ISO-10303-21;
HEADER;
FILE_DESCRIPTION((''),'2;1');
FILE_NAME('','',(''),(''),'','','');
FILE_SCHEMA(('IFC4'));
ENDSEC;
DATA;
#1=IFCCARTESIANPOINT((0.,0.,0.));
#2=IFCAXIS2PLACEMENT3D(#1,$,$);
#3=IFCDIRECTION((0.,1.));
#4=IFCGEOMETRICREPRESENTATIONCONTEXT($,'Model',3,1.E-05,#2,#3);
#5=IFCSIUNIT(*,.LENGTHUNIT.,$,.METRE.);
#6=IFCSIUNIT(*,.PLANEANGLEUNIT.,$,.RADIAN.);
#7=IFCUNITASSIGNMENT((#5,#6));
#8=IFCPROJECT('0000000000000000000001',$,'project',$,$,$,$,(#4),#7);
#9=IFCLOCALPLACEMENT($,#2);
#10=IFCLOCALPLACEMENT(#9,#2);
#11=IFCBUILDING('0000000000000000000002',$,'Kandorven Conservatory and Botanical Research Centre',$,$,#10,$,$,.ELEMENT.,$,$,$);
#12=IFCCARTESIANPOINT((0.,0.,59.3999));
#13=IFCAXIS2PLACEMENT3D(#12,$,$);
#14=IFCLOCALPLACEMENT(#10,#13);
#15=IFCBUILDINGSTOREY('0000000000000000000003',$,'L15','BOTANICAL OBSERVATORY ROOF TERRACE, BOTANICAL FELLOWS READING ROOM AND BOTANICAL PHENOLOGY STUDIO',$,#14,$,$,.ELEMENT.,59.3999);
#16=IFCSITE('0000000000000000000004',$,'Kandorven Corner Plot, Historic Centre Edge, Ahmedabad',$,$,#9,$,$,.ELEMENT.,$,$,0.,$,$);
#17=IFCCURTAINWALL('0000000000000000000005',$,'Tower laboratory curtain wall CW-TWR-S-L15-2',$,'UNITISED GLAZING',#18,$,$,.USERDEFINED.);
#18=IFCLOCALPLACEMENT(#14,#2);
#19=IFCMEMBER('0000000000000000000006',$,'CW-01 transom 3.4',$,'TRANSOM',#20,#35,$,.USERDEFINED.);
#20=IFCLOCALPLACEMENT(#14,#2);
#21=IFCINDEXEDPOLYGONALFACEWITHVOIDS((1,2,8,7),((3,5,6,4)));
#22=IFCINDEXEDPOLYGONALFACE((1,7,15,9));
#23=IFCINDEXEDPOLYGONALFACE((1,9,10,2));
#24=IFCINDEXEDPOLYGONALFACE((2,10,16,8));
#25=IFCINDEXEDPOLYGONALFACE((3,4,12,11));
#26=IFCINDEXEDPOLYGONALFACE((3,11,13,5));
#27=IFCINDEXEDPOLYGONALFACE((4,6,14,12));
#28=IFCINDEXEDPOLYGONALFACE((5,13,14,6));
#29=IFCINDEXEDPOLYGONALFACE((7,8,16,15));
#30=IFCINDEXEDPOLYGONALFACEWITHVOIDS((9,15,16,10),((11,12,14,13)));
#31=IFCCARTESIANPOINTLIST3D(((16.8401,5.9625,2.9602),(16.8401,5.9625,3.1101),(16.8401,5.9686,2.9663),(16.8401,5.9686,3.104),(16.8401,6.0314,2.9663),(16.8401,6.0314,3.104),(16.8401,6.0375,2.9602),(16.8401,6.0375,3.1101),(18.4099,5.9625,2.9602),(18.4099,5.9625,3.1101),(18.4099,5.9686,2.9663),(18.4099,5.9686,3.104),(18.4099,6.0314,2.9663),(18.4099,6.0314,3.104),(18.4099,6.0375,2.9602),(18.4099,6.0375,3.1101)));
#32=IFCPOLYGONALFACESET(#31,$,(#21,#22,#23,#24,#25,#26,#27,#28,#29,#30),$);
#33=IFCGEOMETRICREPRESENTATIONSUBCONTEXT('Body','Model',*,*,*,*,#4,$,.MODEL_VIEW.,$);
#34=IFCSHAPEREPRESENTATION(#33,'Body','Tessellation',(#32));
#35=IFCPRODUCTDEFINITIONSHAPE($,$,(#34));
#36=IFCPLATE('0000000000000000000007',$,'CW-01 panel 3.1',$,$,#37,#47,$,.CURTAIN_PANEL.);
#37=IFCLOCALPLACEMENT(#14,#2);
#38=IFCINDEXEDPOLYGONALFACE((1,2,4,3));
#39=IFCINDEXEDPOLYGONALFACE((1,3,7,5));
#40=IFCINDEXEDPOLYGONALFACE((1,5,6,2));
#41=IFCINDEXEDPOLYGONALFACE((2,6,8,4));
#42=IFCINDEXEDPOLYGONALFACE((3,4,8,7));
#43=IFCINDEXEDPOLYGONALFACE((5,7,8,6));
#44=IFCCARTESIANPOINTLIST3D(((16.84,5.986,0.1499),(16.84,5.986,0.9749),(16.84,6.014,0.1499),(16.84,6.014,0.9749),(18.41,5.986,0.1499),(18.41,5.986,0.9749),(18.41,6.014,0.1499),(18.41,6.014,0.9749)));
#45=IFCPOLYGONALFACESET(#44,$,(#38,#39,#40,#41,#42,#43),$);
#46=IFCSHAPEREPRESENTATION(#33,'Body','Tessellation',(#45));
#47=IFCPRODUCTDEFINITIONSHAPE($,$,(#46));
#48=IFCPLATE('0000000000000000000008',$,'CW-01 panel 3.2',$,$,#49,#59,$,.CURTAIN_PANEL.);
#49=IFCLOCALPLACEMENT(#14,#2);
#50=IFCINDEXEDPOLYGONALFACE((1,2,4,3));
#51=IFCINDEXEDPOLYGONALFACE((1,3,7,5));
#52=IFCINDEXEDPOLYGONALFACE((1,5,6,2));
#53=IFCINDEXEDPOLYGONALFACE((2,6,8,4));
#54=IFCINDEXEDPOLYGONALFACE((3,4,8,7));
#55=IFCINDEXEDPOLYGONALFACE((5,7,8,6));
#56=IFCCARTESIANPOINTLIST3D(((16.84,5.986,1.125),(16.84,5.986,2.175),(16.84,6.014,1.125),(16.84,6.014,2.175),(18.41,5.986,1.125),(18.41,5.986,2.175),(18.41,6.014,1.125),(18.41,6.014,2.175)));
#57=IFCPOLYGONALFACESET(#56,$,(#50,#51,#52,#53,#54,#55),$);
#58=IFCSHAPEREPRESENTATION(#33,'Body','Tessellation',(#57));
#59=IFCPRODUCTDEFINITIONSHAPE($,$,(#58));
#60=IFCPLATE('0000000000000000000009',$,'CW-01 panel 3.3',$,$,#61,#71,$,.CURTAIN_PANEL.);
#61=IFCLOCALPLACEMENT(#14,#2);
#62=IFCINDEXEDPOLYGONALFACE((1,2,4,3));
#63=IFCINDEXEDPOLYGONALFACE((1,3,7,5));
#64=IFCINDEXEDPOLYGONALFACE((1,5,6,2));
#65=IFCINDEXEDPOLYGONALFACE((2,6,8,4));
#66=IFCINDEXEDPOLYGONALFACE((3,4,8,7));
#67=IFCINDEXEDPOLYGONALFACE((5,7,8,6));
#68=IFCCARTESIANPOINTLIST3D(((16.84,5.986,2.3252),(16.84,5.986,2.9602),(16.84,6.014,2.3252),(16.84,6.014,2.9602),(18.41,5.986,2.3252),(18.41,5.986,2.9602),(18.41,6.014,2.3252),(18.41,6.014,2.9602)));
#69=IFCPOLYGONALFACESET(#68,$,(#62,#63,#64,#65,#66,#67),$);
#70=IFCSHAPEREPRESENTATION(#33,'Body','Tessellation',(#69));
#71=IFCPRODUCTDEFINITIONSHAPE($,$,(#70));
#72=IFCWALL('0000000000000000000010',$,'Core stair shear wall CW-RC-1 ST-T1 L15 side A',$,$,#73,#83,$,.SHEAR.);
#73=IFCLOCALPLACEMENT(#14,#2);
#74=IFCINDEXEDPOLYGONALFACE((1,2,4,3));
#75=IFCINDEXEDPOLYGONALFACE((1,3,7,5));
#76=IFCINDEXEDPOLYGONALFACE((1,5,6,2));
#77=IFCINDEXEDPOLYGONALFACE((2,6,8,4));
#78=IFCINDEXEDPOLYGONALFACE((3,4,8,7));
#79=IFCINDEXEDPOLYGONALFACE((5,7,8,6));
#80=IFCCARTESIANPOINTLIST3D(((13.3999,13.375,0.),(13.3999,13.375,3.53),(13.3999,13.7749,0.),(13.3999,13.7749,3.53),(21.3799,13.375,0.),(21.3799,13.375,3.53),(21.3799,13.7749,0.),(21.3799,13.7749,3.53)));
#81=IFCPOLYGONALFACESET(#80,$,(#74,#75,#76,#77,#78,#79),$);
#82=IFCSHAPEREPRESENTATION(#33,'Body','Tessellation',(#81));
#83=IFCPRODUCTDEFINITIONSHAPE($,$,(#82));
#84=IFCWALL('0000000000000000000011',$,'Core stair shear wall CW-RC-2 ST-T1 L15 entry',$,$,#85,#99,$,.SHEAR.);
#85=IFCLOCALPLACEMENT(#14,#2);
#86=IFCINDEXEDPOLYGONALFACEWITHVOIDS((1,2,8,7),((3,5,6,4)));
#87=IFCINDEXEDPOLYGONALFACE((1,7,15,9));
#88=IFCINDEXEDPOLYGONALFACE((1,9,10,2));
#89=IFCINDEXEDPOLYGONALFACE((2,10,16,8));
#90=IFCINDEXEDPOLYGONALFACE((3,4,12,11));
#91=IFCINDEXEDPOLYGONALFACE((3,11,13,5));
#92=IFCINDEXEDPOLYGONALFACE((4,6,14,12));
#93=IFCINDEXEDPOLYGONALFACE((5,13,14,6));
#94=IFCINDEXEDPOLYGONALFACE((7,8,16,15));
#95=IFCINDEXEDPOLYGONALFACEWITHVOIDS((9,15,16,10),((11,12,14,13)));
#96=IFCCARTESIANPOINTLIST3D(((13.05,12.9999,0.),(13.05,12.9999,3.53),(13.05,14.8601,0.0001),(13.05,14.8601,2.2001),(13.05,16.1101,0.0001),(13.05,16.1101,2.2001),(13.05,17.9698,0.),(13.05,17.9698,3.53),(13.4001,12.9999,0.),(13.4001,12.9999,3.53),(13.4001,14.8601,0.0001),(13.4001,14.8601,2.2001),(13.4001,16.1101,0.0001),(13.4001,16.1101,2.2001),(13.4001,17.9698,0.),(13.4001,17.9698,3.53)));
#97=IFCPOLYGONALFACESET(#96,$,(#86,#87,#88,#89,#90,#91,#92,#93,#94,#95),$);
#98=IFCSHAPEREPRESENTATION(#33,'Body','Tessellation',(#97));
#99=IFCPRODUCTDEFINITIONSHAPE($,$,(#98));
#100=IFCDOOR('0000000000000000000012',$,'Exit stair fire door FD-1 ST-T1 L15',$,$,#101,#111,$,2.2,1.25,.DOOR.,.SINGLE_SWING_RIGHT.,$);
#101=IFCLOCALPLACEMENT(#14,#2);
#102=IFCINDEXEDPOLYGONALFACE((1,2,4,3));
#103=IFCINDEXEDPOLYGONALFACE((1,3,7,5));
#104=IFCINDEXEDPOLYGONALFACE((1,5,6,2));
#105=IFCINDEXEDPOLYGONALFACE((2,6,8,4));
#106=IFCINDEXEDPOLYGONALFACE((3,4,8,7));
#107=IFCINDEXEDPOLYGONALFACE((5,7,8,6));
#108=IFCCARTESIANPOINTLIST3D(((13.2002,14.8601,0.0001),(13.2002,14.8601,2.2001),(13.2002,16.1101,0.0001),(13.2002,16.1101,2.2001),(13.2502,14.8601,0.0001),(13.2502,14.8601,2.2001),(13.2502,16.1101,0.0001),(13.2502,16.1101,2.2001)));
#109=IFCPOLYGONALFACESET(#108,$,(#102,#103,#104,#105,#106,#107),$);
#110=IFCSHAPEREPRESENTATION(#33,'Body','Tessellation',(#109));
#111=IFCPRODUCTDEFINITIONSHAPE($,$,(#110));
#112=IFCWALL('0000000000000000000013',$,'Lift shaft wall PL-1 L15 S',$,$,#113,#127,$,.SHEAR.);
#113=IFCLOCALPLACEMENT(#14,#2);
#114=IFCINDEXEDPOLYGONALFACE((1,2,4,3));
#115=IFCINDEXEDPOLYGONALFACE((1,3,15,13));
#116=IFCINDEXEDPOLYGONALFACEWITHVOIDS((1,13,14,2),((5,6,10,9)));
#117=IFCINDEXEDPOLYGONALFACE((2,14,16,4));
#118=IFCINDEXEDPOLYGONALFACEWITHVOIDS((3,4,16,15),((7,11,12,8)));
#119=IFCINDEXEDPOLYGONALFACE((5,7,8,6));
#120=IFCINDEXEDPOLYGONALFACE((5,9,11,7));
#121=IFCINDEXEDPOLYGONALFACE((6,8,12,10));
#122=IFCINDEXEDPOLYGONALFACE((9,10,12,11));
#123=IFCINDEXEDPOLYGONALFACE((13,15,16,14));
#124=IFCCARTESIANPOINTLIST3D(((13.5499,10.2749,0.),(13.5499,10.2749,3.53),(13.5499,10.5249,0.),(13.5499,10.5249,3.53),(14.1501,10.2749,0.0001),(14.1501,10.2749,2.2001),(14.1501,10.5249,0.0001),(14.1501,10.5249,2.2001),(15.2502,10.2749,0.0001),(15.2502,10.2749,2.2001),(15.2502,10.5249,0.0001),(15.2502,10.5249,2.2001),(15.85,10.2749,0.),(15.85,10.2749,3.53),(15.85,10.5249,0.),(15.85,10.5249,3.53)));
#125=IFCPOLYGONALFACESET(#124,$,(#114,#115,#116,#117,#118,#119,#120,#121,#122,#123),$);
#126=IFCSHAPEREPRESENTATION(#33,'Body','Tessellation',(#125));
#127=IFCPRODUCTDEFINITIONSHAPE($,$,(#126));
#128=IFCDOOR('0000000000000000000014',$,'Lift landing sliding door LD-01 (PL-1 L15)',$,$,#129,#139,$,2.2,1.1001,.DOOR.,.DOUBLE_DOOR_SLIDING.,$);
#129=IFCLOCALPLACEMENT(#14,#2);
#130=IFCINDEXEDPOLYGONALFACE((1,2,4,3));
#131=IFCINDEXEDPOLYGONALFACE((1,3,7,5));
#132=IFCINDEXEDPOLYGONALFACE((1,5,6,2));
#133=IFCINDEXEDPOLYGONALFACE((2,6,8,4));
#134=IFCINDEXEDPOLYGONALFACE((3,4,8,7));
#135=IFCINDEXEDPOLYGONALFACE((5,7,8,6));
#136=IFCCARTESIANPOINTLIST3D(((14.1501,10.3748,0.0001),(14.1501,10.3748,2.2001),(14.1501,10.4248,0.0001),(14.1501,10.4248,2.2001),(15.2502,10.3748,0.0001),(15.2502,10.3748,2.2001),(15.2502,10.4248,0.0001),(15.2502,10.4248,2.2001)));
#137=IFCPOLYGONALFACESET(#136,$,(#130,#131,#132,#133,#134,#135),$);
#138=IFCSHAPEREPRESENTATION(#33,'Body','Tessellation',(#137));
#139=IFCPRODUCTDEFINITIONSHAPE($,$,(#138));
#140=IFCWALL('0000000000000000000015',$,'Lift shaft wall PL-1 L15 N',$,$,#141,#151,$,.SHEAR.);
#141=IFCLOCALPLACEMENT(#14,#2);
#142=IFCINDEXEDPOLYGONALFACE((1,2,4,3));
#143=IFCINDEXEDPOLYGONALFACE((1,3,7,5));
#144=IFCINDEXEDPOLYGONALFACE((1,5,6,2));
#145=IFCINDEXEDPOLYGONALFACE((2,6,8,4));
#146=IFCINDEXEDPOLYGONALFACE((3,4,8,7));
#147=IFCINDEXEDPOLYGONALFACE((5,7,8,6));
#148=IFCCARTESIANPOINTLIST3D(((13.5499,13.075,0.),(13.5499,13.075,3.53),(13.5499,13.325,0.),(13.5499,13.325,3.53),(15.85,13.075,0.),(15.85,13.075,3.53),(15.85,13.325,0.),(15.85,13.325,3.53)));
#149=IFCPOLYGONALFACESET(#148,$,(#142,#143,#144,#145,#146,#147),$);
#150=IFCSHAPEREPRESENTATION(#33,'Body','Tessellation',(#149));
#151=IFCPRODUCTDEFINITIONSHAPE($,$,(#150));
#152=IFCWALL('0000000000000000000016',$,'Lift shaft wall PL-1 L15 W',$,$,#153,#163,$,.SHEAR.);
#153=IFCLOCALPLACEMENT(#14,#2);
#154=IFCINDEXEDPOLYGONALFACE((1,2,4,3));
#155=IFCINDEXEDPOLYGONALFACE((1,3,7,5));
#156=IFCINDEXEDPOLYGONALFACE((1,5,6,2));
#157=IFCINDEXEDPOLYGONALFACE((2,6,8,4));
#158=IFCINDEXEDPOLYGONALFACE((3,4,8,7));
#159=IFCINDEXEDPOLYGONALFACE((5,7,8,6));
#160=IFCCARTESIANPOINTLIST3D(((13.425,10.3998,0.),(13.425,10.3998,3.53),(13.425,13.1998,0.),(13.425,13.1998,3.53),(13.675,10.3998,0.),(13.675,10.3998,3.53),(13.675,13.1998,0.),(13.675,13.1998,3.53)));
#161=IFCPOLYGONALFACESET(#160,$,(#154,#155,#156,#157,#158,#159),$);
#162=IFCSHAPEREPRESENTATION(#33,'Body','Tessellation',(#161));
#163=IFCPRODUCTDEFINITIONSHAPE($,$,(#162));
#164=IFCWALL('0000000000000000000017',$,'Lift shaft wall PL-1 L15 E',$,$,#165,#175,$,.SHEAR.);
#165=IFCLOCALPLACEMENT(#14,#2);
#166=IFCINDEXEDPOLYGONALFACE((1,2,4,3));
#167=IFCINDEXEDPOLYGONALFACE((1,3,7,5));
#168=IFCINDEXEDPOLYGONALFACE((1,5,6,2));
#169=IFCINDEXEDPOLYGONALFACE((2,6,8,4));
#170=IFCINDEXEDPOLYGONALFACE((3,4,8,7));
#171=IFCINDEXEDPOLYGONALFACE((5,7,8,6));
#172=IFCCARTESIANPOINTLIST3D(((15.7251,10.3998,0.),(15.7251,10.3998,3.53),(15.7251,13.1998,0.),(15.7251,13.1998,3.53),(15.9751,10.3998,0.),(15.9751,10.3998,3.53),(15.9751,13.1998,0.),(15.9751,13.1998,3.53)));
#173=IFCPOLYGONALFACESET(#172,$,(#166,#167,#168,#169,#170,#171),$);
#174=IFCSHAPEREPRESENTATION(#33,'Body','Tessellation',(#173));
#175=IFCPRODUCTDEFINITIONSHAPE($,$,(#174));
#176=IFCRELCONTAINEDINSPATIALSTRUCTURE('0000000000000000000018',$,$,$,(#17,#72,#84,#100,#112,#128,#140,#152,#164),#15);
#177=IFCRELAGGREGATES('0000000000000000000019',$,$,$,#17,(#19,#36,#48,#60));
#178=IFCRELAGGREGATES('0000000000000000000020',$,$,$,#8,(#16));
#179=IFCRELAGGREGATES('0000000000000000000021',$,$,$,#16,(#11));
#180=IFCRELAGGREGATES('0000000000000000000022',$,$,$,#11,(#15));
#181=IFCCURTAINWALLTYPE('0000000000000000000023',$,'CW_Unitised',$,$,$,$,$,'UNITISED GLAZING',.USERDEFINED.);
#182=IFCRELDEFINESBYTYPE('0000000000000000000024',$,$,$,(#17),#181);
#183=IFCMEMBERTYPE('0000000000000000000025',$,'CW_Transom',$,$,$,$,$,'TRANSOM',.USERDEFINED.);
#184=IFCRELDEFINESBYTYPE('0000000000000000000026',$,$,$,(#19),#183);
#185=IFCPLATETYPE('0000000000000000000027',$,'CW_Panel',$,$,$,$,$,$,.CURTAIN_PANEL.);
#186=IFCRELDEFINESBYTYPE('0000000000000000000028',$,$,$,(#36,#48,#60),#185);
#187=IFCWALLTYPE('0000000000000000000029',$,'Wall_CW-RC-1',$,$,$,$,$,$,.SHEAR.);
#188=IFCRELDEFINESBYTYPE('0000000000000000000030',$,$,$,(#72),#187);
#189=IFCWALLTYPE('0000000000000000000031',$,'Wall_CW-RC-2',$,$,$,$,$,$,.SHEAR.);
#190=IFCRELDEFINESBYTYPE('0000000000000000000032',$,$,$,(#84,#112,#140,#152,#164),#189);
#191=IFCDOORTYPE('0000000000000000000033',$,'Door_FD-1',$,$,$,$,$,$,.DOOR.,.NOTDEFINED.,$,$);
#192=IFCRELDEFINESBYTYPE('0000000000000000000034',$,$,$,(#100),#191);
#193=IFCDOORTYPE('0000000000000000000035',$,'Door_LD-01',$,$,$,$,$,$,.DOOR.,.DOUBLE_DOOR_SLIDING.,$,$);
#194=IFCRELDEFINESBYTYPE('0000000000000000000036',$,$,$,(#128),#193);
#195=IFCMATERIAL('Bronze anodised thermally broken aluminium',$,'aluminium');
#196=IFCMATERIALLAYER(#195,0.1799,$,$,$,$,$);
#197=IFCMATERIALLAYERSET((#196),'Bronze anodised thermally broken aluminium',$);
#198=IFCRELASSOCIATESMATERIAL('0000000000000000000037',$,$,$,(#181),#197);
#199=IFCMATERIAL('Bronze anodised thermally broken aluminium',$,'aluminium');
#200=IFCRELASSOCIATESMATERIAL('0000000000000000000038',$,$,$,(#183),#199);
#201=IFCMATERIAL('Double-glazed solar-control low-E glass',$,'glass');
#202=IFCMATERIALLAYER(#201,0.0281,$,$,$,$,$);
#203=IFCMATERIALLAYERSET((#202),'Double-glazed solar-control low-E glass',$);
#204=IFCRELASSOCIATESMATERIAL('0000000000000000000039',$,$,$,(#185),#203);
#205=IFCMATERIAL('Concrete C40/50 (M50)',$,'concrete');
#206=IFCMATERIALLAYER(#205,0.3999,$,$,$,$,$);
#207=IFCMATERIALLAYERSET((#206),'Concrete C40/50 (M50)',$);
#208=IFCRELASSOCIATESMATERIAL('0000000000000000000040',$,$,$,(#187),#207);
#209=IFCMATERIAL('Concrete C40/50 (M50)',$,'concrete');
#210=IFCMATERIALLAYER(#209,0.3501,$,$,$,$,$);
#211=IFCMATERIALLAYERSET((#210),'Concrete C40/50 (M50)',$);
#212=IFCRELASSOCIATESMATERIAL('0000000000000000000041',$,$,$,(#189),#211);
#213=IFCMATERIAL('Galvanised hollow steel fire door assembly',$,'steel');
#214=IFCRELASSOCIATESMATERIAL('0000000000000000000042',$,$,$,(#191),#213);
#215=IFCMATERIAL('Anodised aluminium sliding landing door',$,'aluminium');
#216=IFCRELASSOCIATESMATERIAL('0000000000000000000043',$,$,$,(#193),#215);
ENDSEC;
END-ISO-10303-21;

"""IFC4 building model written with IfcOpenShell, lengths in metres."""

from ifc_helpers import new_model, si_unit, direction, frame, frame_2d, origin, origin_2d, place, context, subcontext, project, spatial, rectangle, hollow_rectangle, extrude, material, layer, layer_set, material_profile, profile_set, type_object, element, fill, aggregate, save


model = new_model("IFC4")

# Units and contexts
model_context = context("Model", 3, precision=1e-05, world=origin(), true_north=direction((0.0, 1.0)))
body_context = subcontext(model_context, "Body", "Model", "MODEL_VIEW")
ifc_project = project(units=[si_unit("LENGTHUNIT", "METRE"), si_unit("PLANEANGLEUNIT", "RADIAN")], contexts=[model_context])

# Site, building, storey
site_placement = place(None, origin())
site = spatial("IfcSite", under=ifc_project, at=site_placement, Name="Kandorven Corner Plot, Historic Centre Edge, Ahmedabad", CompositionType="ELEMENT", RefElevation=0.0)
building_placement = place(site_placement, origin())
building = spatial("IfcBuilding", under=site, at=building_placement, Name="Kandorven Conservatory and Botanical Research Centre", CompositionType="ELEMENT")
storey_placement = place(building_placement, frame((0.0, 0.0, 59.3999)))
storey = spatial("IfcBuildingStorey", under=building, at=storey_placement, Name="L15", Description="BOTANICAL OBSERVATORY ROOF TERRACE, BOTANICAL FELLOWS READING ROOM AND BOTANICAL PHENOLOGY STUDIO", CompositionType="ELEMENT", Elevation=59.3999)

# Curtain wall, member, plates
ifc_material_1 = material(Name="Bronze anodised thermally broken aluminium", Category="aluminium")
ifc_layer_1 = layer(ifc_material_1, 0.1799)
ifc_layer_set_1 = layer_set([ifc_layer_1], Name="Bronze anodised thermally broken aluminium")
curtain_wall_type = type_object("IfcCurtainWallType", Name="CW_Unitised", ElementType="UNITISED GLAZING", PredefinedType="USERDEFINED", material=ifc_layer_set_1)
curtain_wall_placement = place(storey_placement, origin())
curtain_wall = element("IfcCurtainWall", 1, at=curtain_wall_placement, inside=storey, type_object=curtain_wall_type, Name="Tower laboratory curtain wall CW-TWR-S-L15-2", ObjectType="UNITISED GLAZING", PredefinedType="USERDEFINED")
ifc_material_2 = material(Name="Bronze anodised thermally broken aluminium", Category="aluminium")
ifc_material_profile_1 = material_profile(ifc_material_2, hollow_rectangle(XDim=0.075, YDim=0.1499, WallThickness=0.0061, at=origin_2d()))
ifc_profile_set_1 = profile_set([ifc_material_profile_1], Name="Bronze anodised thermally broken aluminium")
member_type = type_object("IfcMemberType", Name="CW_Transom", ElementType="TRANSOM", PredefinedType="USERDEFINED", material=ifc_profile_set_1)
member_1_placement = place(storey_placement, frame((16.8401, 6.0, 3.0352), z_axis=(1.0, 0.0, 0.0), x_axis=(0.0, 1.0, 0.0)))
member_1 = element("IfcMember", 2, at=member_1_placement, type_object=member_type, Name="CW-01 transom 3.4", ObjectType="TRANSOM", PredefinedType="USERDEFINED", context=body_context, shape_type="SweptSolid", body=[
    extrude(hollow_rectangle(XDim=0.075, YDim=0.1499, WallThickness=0.0061, at=origin_2d()), origin(), (0.0, 0.0, 1.0), 1.5698),
])
ifc_material_3 = material(Name="Double-glazed solar-control low-E glass", Category="glass")
ifc_layer_2 = layer(ifc_material_3, 0.0281)
ifc_layer_set_2 = layer_set([ifc_layer_2], Name="Double-glazed solar-control low-E glass")
plate_type = type_object("IfcPlateType", Name="CW_Panel", PredefinedType="CURTAIN_PANEL", material=ifc_layer_set_2)
plate_1_placement = place(storey_placement, frame((17.625, 6.0, 0.1499), z_axis=(0.0, 0.0, 1.0), x_axis=(1.0, 0.0, 0.0)))
plate_1 = element("IfcPlate", 3, at=plate_1_placement, type_object=plate_type, Name="CW-01 panel 3.1", PredefinedType="CURTAIN_PANEL", context=body_context, shape_type="SweptSolid", body=[
    extrude(rectangle(XDim=1.5701, YDim=0.0281, at=origin_2d()), origin(), (0.0, 0.0, 1.0), 0.825),
])
plate_2_placement = place(storey_placement, frame((17.625, 6.0, 1.125), z_axis=(0.0, 0.0, 1.0), x_axis=(1.0, 0.0, 0.0)))
plate_2 = element("IfcPlate", 4, at=plate_2_placement, type_object=plate_type, Name="CW-01 panel 3.2", PredefinedType="CURTAIN_PANEL", context=body_context, shape_type="SweptSolid", body=[
    extrude(rectangle(XDim=1.5701, YDim=0.0281, at=origin_2d()), origin(), (0.0, 0.0, 1.0), 1.05),
])
plate_3_placement = place(storey_placement, frame((17.625, 6.0, 2.3252), z_axis=(0.0, 0.0, 1.0), x_axis=(1.0, 0.0, 0.0)))
plate_3 = element("IfcPlate", 5, at=plate_3_placement, type_object=plate_type, Name="CW-01 panel 3.3", PredefinedType="CURTAIN_PANEL", context=body_context, shape_type="SweptSolid", body=[
    extrude(rectangle(XDim=1.5701, YDim=0.0281, at=origin_2d()), origin(), (0.0, 0.0, 1.0), 0.635),
])
aggregate(curtain_wall, [member_1, plate_1, plate_2, plate_3])

# Wall
ifc_material_4 = material(Name="Concrete C40/50 (M50)", Category="concrete")
ifc_layer_3 = layer(ifc_material_4, 0.3999)
ifc_layer_set_3 = layer_set([ifc_layer_3], Name="Concrete C40/50 (M50)")
wall_type_1 = type_object("IfcWallType", Name="Wall_CW-RC-1", PredefinedType="SHEAR", material=ifc_layer_set_3)
wall_1_placement = place(storey_placement, frame((13.3999, 13.575, 0.0), z_axis=(0.0, 0.0, 1.0), x_axis=(1.0, 0.0, 0.0)))
element("IfcWall", 6, at=wall_1_placement, inside=storey, type_object=wall_type_1, Name="Core stair shear wall CW-RC-1 ST-T1 L15 side A", PredefinedType="SHEAR", context=body_context, shape_type="SweptSolid", body=[
    extrude(rectangle(XDim=7.98, YDim=0.3999, at=frame_2d((3.99, 0.0))), origin(), (0.0, 0.0, 1.0), 3.53),
])

# Walls, openings, doors
ifc_material_5 = material(Name="Concrete C40/50 (M50)", Category="concrete")
ifc_layer_4 = layer(ifc_material_5, 0.3501)
ifc_layer_set_4 = layer_set([ifc_layer_4], Name="Concrete C40/50 (M50)")
wall_type_2 = type_object("IfcWallType", Name="Wall_CW-RC-2", PredefinedType="SHEAR", material=ifc_layer_set_4)
wall_2_placement = place(storey_placement, frame((13.2251, 13.0, 0.0), z_axis=(0.0, 0.0, 1.0), x_axis=(0.0, 1.0, 0.0)))
wall_2 = element("IfcWall", 7, at=wall_2_placement, inside=storey, type_object=wall_type_2, Name="Core stair shear wall CW-RC-2 ST-T1 L15 entry", PredefinedType="SHEAR", context=body_context, shape_type="SweptSolid", body=[
    extrude(rectangle(XDim=4.97, YDim=0.3501, at=frame_2d((2.4849, 0.0))), origin(), (0.0, 0.0, 1.0), 3.53),
])
opening_1_placement = place(wall_2_placement, frame((1.8601, 0.0, 0.0)))
opening_1 = element("IfcOpeningElement", 8, at=opening_1_placement, cuts=wall_2, PredefinedType="OPENING", context=body_context, shape_type="SweptSolid", body=[
    extrude(rectangle(XDim=1.25, YDim=2.2, at=frame_2d((0.625, 1.1001))), frame((0.0, 0.1851, 0.0), z_axis=(0.0, -1.0, 0.0), x_axis=(1.0, 0.0, 0.0)), (0.0, 0.0, 1.0), 0.3701),
])
ifc_material_6 = material(Name="Galvanised hollow steel fire door assembly", Category="steel")
door_type_1 = type_object("IfcDoorType", Name="Door_FD-1", OperationType="NOTDEFINED", PredefinedType="DOOR", material=ifc_material_6)
door_1_placement = place(opening_1_placement, origin())
door_1 = element("IfcDoor", 9, at=door_1_placement, inside=storey, type_object=door_type_1, Name="Exit stair fire door FD-1 ST-T1 L15", OperationType="SINGLE_SWING_RIGHT", OverallHeight=2.2, OverallWidth=1.25, PredefinedType="DOOR", context=body_context, shape_type="SweptSolid", body=[
    extrude(rectangle(XDim=1.25, YDim=2.2, at=frame_2d((0.625, 1.1001))), frame((0.0, 0.0249, 0.0), z_axis=(0.0, -1.0, 0.0), x_axis=(1.0, 0.0, 0.0)), (0.0, 0.0, 1.0), 0.05),
])
fill(opening_1, door_1)
wall_3_placement = place(storey_placement, frame((13.55, 10.3999, 0.0), z_axis=(0.0, 0.0, 1.0), x_axis=(1.0, 0.0, 0.0)))
wall_3 = element("IfcWall", 10, at=wall_3_placement, inside=storey, type_object=wall_type_2, Name="Lift shaft wall PL-1 L15 S", PredefinedType="SHEAR", context=body_context, shape_type="SweptSolid", body=[
    extrude(rectangle(XDim=2.3, YDim=0.25, at=frame_2d((1.1499, 0.0))), origin(), (0.0, 0.0, 1.0), 3.53),
])
opening_2_placement = place(wall_3_placement, frame((0.6001, 0.0, 0.0)))
opening_2 = element("IfcOpeningElement", 11, at=opening_2_placement, cuts=wall_3, PredefinedType="OPENING", context=body_context, shape_type="SweptSolid", body=[
    extrude(rectangle(XDim=1.1001, YDim=2.2, at=frame_2d((0.55, 1.1001))), frame((0.0, 0.135, 0.0), z_axis=(0.0, -1.0, 0.0), x_axis=(1.0, 0.0, 0.0)), (0.0, 0.0, 1.0), 0.27),
])
ifc_material_7 = material(Name="Anodised aluminium sliding landing door", Category="aluminium")
door_type_2 = type_object("IfcDoorType", Name="Door_LD-01", OperationType="DOUBLE_DOOR_SLIDING", PredefinedType="DOOR", material=ifc_material_7)
door_2_placement = place(opening_2_placement, origin())
door_2 = element("IfcDoor", 12, at=door_2_placement, inside=storey, type_object=door_type_2, Name="Lift landing sliding door LD-01 (PL-1 L15)", OperationType="DOUBLE_DOOR_SLIDING", OverallHeight=2.2, OverallWidth=1.1001, PredefinedType="DOOR", context=body_context, shape_type="SweptSolid", body=[
    extrude(rectangle(XDim=1.1001, YDim=2.2, at=frame_2d((0.55, 1.1001))), frame((0.0, 0.0249, 0.0), z_axis=(0.0, -1.0, 0.0), x_axis=(1.0, 0.0, 0.0)), (0.0, 0.0, 1.0), 0.05),
])
fill(opening_2, door_2)

# Walls
wall_4_placement = place(storey_placement, frame((13.55, 13.2, 0.0), z_axis=(0.0, 0.0, 1.0), x_axis=(1.0, 0.0, 0.0)))
element("IfcWall", 13, at=wall_4_placement, inside=storey, type_object=wall_type_2, Name="Lift shaft wall PL-1 L15 N", PredefinedType="SHEAR", context=body_context, shape_type="SweptSolid", body=[
    extrude(rectangle(XDim=2.3, YDim=0.25, at=frame_2d((1.1499, 0.0))), origin(), (0.0, 0.0, 1.0), 3.53),
])
for number, where, z_axis, x_axis, name in (
    (14, (13.55, 10.3999, 0.0), (0.0, 0.0, 1.0), (0.0, 1.0, 0.0), "Lift shaft wall PL-1 L15 W"),
    (15, (15.8501, 10.3999, 0.0), (0.0, 0.0, 1.0), (0.0, 1.0, 0.0), "Lift shaft wall PL-1 L15 E"),
):
    element("IfcWall", number, at=place(storey_placement, frame(where, z_axis=z_axis, x_axis=x_axis)), inside=storey, type_object=wall_type_2, Name=name, PredefinedType="SHEAR", context=body_context, shape_type="SweptSolid", body=[
        extrude(rectangle(XDim=2.8, YDim=0.25, at=frame_2d((1.3999, 0.0))), origin(), (0.0, 0.0, 1.0), 3.53),
    ])

save(model, "model.ifc")
